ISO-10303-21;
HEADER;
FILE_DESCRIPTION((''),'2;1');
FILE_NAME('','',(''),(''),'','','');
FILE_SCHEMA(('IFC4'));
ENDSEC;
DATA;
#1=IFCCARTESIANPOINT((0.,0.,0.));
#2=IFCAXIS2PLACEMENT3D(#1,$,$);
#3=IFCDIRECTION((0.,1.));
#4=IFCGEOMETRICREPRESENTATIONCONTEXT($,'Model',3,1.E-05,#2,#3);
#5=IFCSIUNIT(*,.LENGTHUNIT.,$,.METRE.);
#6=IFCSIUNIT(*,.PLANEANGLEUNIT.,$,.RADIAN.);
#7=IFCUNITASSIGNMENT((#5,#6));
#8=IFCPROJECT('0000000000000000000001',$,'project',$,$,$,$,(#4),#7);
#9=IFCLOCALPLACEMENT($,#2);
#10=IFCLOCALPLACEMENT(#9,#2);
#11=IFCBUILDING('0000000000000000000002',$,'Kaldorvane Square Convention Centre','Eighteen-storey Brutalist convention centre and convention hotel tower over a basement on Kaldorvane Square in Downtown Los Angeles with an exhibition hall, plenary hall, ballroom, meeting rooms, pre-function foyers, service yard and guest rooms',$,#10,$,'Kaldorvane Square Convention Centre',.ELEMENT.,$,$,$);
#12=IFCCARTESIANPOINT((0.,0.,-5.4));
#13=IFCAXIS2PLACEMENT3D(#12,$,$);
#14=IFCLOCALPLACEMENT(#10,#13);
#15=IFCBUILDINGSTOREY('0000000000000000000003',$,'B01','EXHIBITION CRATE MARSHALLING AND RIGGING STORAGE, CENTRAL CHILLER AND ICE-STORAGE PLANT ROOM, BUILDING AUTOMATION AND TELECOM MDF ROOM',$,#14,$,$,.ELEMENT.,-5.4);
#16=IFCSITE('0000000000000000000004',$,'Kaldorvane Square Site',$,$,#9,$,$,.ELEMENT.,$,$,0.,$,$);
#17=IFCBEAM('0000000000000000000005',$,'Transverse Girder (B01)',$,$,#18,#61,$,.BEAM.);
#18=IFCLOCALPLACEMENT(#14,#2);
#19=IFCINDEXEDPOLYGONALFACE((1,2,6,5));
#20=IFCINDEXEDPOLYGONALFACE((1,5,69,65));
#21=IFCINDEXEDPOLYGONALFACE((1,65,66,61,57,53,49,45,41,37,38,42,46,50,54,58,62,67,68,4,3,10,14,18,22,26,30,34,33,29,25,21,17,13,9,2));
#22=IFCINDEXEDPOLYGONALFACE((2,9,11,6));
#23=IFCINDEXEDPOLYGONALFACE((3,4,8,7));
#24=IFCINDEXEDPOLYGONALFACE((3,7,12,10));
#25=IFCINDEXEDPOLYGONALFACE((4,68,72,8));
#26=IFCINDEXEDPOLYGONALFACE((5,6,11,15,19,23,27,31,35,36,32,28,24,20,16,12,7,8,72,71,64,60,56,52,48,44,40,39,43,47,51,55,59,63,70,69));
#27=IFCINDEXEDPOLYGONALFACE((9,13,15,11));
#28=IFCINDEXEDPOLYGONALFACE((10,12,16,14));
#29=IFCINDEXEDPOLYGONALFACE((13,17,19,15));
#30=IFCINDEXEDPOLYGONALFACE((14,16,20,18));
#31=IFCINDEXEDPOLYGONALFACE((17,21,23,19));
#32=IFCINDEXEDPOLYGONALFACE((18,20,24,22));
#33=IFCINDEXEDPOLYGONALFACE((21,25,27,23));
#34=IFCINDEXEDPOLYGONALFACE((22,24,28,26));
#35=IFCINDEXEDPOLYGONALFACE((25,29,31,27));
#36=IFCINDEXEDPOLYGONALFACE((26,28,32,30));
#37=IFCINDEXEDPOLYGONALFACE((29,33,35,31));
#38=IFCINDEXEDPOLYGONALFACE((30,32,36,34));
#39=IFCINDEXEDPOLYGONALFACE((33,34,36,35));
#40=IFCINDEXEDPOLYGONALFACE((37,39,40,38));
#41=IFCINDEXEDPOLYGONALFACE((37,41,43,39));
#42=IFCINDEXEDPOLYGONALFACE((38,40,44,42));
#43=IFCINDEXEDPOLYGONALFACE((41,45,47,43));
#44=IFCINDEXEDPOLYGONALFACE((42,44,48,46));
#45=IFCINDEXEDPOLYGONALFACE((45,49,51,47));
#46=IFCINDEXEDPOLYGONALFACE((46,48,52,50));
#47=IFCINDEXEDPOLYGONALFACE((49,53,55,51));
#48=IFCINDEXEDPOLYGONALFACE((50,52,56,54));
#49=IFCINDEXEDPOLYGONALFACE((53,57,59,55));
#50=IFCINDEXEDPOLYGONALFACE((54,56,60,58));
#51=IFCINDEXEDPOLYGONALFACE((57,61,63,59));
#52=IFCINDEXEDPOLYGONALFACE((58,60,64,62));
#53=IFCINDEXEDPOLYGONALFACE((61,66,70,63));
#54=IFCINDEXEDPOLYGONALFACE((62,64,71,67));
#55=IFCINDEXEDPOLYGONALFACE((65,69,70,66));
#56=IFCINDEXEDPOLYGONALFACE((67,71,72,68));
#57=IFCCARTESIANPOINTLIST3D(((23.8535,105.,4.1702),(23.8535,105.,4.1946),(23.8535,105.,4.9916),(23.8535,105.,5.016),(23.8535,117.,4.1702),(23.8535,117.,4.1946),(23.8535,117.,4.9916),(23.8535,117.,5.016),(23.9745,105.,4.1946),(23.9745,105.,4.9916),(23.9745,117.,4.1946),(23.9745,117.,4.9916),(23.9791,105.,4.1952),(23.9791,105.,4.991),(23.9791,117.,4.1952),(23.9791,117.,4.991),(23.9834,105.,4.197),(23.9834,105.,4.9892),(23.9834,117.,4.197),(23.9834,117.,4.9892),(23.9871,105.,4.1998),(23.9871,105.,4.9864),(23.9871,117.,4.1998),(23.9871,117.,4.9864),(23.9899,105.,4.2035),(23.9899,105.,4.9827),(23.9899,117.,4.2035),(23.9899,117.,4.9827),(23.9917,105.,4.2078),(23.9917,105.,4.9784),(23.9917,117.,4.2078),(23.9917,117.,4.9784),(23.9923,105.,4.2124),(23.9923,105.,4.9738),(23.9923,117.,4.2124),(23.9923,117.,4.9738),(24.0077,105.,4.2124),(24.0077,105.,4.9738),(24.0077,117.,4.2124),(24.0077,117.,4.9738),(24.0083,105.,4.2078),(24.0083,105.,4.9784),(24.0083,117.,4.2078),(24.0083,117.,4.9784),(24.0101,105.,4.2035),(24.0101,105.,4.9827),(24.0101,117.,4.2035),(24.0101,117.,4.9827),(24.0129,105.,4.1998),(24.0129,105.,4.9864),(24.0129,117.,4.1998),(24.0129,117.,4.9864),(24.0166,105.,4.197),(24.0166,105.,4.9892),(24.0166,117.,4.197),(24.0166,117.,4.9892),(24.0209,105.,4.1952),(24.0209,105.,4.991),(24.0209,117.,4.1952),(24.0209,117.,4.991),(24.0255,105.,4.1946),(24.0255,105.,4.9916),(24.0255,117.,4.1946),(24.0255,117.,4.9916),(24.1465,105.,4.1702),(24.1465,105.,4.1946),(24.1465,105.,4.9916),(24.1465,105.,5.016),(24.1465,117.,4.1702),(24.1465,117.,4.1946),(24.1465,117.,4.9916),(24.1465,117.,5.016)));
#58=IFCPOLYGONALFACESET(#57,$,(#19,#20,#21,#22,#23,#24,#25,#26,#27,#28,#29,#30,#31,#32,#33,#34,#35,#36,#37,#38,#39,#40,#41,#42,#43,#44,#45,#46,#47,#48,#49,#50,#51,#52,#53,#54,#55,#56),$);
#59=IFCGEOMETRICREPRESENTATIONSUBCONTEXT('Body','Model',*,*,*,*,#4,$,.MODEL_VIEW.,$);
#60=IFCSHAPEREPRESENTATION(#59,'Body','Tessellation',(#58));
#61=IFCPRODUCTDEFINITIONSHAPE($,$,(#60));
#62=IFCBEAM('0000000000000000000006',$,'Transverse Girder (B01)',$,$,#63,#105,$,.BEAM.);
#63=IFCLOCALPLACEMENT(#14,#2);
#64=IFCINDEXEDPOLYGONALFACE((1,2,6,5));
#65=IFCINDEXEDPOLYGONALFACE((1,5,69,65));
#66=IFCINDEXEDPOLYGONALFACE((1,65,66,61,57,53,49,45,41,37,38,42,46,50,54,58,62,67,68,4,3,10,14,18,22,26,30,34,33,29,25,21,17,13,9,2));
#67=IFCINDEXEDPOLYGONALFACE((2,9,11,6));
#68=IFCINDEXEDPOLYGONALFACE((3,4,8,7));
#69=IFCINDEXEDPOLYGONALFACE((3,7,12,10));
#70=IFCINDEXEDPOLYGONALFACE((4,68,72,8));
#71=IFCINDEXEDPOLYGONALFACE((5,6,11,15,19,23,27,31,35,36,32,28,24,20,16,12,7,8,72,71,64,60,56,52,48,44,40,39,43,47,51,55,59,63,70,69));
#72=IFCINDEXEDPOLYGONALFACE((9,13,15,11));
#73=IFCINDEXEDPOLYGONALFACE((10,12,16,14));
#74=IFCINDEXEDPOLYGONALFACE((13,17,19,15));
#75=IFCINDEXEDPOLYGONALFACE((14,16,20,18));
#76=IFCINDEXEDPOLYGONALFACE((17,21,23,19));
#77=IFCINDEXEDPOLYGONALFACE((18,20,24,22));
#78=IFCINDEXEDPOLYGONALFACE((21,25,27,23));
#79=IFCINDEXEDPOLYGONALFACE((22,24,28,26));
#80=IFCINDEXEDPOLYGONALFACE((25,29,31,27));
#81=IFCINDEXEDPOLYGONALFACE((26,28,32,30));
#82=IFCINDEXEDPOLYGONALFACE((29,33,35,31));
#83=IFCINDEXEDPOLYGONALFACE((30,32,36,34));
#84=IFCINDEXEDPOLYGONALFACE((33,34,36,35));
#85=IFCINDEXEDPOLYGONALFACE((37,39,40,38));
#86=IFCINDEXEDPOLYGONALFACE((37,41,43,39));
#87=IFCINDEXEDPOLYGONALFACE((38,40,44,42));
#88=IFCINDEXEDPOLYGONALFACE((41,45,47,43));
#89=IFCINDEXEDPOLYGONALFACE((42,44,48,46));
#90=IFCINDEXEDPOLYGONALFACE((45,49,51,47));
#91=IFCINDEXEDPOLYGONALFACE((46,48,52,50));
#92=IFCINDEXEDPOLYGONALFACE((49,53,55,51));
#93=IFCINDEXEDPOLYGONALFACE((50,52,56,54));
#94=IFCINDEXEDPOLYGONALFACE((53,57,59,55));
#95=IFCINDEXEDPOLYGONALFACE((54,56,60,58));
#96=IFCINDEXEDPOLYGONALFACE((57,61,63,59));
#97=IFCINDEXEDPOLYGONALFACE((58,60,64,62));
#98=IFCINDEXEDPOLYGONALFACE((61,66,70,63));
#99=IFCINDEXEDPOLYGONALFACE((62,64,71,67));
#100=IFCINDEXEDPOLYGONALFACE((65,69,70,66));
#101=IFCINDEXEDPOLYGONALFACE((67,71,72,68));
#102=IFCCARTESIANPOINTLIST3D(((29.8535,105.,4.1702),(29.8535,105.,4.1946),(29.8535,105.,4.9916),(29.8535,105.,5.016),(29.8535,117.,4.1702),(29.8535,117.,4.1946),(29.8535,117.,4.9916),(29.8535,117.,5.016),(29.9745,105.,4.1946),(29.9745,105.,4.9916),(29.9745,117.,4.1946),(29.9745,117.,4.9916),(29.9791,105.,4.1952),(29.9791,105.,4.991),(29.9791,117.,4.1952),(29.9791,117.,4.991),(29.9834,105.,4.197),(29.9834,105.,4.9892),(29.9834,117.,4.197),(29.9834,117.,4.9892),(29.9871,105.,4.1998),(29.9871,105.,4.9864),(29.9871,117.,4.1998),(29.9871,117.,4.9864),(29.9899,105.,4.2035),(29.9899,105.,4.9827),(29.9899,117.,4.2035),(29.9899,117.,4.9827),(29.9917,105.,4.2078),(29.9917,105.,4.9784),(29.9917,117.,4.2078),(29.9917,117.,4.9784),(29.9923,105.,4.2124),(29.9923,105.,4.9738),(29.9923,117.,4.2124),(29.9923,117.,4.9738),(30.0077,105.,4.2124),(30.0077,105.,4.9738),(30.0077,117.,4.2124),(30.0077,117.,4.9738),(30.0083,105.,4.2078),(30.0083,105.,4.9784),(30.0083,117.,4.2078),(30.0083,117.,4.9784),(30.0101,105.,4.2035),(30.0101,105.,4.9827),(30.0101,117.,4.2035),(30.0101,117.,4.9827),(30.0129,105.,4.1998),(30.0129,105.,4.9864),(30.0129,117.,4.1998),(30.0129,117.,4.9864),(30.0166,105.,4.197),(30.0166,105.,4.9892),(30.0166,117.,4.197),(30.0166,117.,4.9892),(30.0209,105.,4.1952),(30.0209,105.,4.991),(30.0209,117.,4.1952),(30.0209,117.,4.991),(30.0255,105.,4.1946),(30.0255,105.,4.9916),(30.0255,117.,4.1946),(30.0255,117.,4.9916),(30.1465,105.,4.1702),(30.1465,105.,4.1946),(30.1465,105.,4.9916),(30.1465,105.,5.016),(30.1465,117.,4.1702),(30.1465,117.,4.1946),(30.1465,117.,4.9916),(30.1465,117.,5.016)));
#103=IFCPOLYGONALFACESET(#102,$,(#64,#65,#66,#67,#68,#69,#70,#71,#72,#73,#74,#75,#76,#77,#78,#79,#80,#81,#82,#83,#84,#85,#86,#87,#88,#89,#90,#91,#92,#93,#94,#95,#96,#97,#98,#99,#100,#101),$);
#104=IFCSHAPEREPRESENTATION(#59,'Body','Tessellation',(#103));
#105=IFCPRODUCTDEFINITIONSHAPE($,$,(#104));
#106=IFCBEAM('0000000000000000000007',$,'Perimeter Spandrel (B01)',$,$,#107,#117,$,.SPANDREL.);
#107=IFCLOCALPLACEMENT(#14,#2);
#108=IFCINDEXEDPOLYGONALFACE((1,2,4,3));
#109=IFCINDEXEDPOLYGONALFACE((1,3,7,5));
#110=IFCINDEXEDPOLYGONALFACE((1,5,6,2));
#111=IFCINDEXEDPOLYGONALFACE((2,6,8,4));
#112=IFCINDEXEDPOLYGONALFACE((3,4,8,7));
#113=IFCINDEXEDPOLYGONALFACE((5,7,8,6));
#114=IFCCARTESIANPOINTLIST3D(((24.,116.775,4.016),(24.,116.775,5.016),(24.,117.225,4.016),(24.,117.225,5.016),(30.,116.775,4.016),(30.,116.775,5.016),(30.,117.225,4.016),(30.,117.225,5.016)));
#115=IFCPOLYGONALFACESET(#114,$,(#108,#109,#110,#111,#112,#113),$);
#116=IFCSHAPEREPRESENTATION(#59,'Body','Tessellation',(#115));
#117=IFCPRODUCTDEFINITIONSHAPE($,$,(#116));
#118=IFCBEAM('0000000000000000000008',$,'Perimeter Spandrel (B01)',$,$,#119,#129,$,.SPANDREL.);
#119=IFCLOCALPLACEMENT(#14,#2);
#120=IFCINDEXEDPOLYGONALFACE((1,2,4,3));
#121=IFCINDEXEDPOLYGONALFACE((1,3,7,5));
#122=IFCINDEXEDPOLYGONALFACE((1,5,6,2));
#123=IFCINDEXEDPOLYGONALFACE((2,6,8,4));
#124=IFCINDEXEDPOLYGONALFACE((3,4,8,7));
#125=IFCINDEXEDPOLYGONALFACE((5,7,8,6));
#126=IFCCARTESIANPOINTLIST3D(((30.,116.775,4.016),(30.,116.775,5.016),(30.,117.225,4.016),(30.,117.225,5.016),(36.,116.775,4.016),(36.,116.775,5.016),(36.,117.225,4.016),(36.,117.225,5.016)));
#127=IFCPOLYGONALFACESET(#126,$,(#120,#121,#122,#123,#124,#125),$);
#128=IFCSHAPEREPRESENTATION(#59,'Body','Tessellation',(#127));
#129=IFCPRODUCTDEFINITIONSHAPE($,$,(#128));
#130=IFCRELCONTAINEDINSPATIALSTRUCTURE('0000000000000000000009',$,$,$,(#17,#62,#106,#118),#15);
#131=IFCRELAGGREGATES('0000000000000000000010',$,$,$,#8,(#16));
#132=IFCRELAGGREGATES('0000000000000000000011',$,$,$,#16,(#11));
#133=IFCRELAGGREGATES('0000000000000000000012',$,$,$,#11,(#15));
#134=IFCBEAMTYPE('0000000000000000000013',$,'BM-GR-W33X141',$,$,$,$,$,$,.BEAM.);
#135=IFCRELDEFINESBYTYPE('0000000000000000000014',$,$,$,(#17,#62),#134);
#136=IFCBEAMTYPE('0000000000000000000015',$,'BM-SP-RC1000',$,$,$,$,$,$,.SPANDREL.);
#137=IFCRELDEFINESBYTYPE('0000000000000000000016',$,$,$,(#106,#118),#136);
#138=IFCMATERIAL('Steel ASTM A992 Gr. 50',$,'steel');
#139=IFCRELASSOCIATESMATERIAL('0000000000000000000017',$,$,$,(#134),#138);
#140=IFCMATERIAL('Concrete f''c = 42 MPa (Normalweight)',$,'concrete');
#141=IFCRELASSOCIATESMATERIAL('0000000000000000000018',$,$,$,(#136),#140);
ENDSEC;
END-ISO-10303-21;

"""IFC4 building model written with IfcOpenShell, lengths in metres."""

from ifc_helpers import new_model, si_unit, direction, frame, origin, origin_2d, place, context, subcontext, project, spatial, rectangle, i_section, extrude, material, material_profile, profile_set, type_object, element, save


model = new_model("IFC4")

# Units and contexts
model_context = context("Model", 3, precision=1e-05, world=origin(), true_north=direction((0.0, 1.0)))
body_context = subcontext(model_context, "Body", "Model", "MODEL_VIEW")
ifc_project = project(units=[si_unit("LENGTHUNIT", "METRE"), si_unit("PLANEANGLEUNIT", "RADIAN")], contexts=[model_context])

# Site, building, storey
site_placement = place(None, origin())
site = spatial("IfcSite", under=ifc_project, at=site_placement, Name="Kaldorvane Square Site", CompositionType="ELEMENT", RefElevation=0.0)
building_placement = place(site_placement, origin())
building = spatial("IfcBuilding", under=site, at=building_placement, Name="Kaldorvane Square Convention Centre", Description="Eighteen-storey Brutalist convention centre and convention hotel tower over a basement on Kaldorvane Square in Downtown Los Angeles with an exhibition hall, plenary hall, ballroom, meeting rooms, pre-function foyers, service yard and guest rooms", LongName="Kaldorvane Square Convention Centre", CompositionType="ELEMENT")
storey_placement = place(building_placement, frame((0.0, 0.0, -5.4)))
storey = spatial("IfcBuildingStorey", under=building, at=storey_placement, Name="B01", Description="EXHIBITION CRATE MARSHALLING AND RIGGING STORAGE, CENTRAL CHILLER AND ICE-STORAGE PLANT ROOM, BUILDING AUTOMATION AND TELECOM MDF ROOM", CompositionType="ELEMENT", Elevation=-5.4)

# Shared definitions
ifc_material_1 = material(Name="Concrete f'c = 42 MPa (Normalweight)", Category="concrete")

# Shared definitions
ifc_material_2 = material(Name="Steel ASTM A992 Gr. 50", Category="steel")

# Beams
ifc_material_profile_1 = material_profile(ifc_material_2, i_section(OverallWidth=0.293, OverallDepth=0.8458, WebThickness=0.0154, FlangeThickness=0.0244, FilletRadius=0.0178, at=origin_2d()), Name="W33X141")
ifc_profile_set_1 = profile_set([ifc_material_profile_1], Name="Steel ASTM A992 Gr. 50")
beam_type_1 = type_object("IfcBeamType", Name="BM-GR-W33X141", PredefinedType="BEAM", material=ifc_profile_set_1)
for number, where, z_axis, x_axis, name in (
    (1, (24.0, 105.0, 4.5931), (0.0, 1.0, 0.0), (-1.0, 0.0, 0.0), "Transverse Girder (B01)"),
    (2, (30.0, 105.0, 4.5931), (0.0, 1.0, 0.0), (-1.0, 0.0, 0.0), "Transverse Girder (B01)"),
):
    element("IfcBeam", number, at=place(storey_placement, frame(where, z_axis=z_axis, x_axis=x_axis)), inside=storey, type_object=beam_type_1, Name=name, PredefinedType="BEAM", context=body_context, shape_type="SweptSolid", body=[
        extrude(i_section(OverallWidth=0.293, OverallDepth=0.8458, WebThickness=0.0154, FlangeThickness=0.0244, FilletRadius=0.0178, at=origin_2d()), origin(), (0.0, 0.0, 1.0), 12.0),
    ])
ifc_material_profile_2 = material_profile(ifc_material_1, rectangle(XDim=0.45, YDim=1.0, at=origin_2d()), Name="RCSP1000X450")
ifc_profile_set_2 = profile_set([ifc_material_profile_2], Name="Concrete f'c = 42 MPa (Normalweight)")
beam_type_2 = type_object("IfcBeamType", Name="BM-SP-RC1000", PredefinedType="SPANDREL", material=ifc_profile_set_2)
for number, where, z_axis, x_axis, name in (
    (3, (24.0, 117.0, 4.516), (1.0, 0.0, 0.0), (0.0, 1.0, 0.0), "Perimeter Spandrel (B01)"),
    (4, (30.0, 117.0, 4.516), (1.0, 0.0, 0.0), (0.0, 1.0, 0.0), "Perimeter Spandrel (B01)"),
):
    element("IfcBeam", number, at=place(storey_placement, frame(where, z_axis=z_axis, x_axis=x_axis)), inside=storey, type_object=beam_type_2, Name=name, PredefinedType="SPANDREL", context=body_context, shape_type="SweptSolid", body=[
        extrude(rectangle(XDim=0.45, YDim=1.0, at=origin_2d()), origin(), (0.0, 0.0, 1.0), 6.0),
    ])

save(model, "model.ifc")
